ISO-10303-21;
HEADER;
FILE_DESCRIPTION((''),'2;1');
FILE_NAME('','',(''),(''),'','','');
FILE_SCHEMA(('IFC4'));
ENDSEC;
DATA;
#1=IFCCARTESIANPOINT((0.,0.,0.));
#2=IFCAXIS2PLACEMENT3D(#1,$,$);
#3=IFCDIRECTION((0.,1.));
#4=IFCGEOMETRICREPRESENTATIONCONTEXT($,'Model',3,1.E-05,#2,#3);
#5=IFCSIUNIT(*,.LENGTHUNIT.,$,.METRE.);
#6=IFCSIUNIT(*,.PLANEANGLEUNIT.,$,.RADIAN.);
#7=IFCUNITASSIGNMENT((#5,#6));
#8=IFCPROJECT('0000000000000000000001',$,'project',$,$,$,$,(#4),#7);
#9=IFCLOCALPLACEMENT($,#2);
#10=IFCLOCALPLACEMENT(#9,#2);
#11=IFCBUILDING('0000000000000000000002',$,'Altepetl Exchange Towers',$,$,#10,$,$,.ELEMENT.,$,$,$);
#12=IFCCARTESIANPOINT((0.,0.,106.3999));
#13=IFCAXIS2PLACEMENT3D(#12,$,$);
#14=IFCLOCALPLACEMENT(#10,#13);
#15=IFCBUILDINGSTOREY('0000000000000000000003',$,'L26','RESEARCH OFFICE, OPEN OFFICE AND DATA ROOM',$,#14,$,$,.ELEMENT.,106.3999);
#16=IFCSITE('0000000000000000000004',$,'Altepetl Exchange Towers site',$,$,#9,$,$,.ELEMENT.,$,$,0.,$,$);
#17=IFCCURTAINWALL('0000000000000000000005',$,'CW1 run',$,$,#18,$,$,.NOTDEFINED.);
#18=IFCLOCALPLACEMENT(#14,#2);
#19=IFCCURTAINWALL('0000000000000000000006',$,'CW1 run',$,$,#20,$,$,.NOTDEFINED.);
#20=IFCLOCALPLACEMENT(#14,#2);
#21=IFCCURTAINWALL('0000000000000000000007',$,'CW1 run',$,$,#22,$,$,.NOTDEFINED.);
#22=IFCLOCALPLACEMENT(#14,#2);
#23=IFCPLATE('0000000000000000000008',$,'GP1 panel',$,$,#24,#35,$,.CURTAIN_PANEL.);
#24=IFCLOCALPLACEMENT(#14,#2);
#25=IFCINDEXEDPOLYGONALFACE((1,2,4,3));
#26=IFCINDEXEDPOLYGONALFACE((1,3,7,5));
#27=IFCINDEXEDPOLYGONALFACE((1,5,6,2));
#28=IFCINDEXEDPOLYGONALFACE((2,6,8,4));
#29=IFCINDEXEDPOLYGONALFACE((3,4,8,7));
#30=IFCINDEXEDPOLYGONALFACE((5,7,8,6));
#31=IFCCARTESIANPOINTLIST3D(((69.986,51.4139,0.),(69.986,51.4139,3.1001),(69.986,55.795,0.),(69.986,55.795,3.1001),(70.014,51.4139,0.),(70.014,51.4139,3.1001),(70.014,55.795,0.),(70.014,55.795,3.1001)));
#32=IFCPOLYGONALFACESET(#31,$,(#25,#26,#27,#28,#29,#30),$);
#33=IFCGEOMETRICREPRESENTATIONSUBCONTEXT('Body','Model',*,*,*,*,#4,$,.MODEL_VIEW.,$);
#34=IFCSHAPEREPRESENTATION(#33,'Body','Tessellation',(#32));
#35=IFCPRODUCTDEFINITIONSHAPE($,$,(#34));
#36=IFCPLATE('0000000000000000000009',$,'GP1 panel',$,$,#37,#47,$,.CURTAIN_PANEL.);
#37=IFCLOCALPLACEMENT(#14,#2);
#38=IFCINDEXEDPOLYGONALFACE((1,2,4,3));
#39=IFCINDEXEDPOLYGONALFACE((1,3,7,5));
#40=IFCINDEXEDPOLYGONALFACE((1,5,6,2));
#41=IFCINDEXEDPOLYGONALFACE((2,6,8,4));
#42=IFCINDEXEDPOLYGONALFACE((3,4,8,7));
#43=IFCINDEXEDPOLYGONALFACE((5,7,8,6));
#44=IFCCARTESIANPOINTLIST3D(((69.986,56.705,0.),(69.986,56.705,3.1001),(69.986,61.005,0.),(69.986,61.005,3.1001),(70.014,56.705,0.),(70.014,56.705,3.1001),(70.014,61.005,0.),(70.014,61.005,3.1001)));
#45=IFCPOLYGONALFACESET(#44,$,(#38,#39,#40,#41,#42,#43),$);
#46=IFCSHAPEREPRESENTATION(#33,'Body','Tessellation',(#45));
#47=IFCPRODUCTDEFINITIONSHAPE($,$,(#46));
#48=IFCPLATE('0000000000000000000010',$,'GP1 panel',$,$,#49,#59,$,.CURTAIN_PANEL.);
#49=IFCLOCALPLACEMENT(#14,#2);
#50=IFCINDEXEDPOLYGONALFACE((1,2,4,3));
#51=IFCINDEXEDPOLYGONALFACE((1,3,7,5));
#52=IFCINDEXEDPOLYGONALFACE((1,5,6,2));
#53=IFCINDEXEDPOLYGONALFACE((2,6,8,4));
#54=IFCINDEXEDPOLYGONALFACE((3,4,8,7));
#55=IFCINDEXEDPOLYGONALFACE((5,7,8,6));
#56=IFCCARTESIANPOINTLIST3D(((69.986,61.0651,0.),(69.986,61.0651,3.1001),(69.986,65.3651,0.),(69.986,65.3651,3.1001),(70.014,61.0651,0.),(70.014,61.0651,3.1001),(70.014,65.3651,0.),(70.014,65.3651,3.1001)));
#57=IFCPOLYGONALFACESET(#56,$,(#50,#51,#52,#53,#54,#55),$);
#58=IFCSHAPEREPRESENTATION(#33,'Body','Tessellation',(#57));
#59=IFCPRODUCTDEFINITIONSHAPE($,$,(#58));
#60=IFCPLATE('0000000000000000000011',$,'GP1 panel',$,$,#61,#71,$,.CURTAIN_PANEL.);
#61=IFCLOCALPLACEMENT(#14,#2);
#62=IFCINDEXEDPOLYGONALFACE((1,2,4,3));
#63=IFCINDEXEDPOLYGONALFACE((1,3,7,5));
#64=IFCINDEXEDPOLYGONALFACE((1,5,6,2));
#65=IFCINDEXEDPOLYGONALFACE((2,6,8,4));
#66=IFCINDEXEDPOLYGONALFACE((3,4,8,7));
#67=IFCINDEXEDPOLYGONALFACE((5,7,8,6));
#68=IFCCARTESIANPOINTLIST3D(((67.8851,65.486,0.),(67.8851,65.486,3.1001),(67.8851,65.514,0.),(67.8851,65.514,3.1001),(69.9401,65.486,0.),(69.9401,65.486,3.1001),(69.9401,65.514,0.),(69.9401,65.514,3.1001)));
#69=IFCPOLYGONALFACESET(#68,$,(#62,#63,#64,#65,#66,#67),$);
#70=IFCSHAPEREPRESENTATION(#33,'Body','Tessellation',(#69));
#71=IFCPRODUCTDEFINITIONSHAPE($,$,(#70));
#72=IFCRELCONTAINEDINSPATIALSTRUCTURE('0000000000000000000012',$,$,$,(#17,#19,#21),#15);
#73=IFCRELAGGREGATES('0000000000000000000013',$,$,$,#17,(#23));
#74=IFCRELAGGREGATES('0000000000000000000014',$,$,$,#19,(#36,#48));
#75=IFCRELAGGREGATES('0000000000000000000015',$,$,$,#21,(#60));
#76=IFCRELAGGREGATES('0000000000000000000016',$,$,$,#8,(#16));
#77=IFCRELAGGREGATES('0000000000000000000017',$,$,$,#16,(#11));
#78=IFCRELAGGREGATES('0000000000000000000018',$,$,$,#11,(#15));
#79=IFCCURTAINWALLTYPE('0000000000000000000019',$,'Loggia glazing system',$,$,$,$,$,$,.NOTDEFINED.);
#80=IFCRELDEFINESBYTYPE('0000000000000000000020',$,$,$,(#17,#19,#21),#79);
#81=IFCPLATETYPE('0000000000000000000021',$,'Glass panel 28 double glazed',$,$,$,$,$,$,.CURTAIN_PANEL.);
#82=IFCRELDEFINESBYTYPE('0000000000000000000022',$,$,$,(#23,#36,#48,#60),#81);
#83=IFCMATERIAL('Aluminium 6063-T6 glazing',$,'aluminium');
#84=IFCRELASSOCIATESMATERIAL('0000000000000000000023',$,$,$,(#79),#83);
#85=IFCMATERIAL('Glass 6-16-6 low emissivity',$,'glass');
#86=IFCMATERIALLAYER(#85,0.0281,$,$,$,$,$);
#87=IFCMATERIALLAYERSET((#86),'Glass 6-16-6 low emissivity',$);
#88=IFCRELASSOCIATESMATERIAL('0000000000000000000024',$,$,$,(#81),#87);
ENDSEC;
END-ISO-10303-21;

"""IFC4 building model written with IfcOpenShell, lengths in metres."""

from ifc_helpers import new_model, si_unit, direction, frame, origin, origin_2d, place, context, subcontext, project, spatial, rectangle, extrude, material, layer, layer_set, type_object, element, aggregate, save


model = new_model("IFC4")

# Units and contexts
model_context = context("Model", 3, precision=1e-05, world=origin(), true_north=direction((0.0, 1.0)))
body_context = subcontext(model_context, "Body", "Model", "MODEL_VIEW")
ifc_project = project(units=[si_unit("LENGTHUNIT", "METRE"), si_unit("PLANEANGLEUNIT", "RADIAN")], contexts=[model_context])

# Site, building, storey
site_placement = place(None, origin())
site = spatial("IfcSite", under=ifc_project, at=site_placement, Name="Altepetl Exchange Towers site", CompositionType="ELEMENT", RefElevation=0.0)
building_placement = place(site_placement, origin())
building = spatial("IfcBuilding", under=site, at=building_placement, Name="Altepetl Exchange Towers", CompositionType="ELEMENT")
storey_placement = place(building_placement, frame((0.0, 0.0, 106.3999)))
storey = spatial("IfcBuildingStorey", under=building, at=storey_placement, Name="L26", Description="RESEARCH OFFICE, OPEN OFFICE AND DATA ROOM", CompositionType="ELEMENT", Elevation=106.3999)

# Curtain walls
ifc_material_1 = material(Name="Aluminium 6063-T6 glazing", Category="aluminium")
curtain_wall_type = type_object("IfcCurtainWallType", Name="Loggia glazing system", PredefinedType="NOTDEFINED", material=ifc_material_1)
curtain_wall_1_placement = place(storey_placement, origin())
curtain_wall_1 = element("IfcCurtainWall", 1, at=curtain_wall_1_placement, inside=storey, type_object=curtain_wall_type, Name="CW1 run", PredefinedType="NOTDEFINED")
curtain_wall_2_placement = place(storey_placement, origin())
curtain_wall_2 = element("IfcCurtainWall", 2, at=curtain_wall_2_placement, inside=storey, type_object=curtain_wall_type, Name="CW1 run", PredefinedType="NOTDEFINED")
curtain_wall_3_placement = place(storey_placement, origin())
curtain_wall_3 = element("IfcCurtainWall", 3, at=curtain_wall_3_placement, inside=storey, type_object=curtain_wall_type, Name="CW1 run", PredefinedType="NOTDEFINED")

# Plates
ifc_material_2 = material(Name="Glass 6-16-6 low emissivity", Category="glass")
ifc_layer = layer(ifc_material_2, 0.0281)
ifc_layer_set = layer_set([ifc_layer], Name="Glass 6-16-6 low emissivity")
plate_type = type_object("IfcPlateType", Name="Glass panel 28 double glazed", PredefinedType="CURTAIN_PANEL", material=ifc_layer_set)
plate_1_placement = place(storey_placement, frame((70.0, 53.6045, 0.0), z_axis=(0.0, 0.0, 1.0), x_axis=(0.0, 1.0, 0.0)))
plate_1 = element("IfcPlate", 4, at=plate_1_placement, type_object=plate_type, Name="GP1 panel", PredefinedType="CURTAIN_PANEL", context=body_context, shape_type="SweptSolid", body=[
    extrude(rectangle(XDim=4.3811, YDim=0.0281, at=origin_2d()), origin(), (0.0, 0.0, 1.0), 3.1001),
])
aggregate(curtain_wall_1, [plate_1])
plate_2_placement = place(storey_placement, frame((70.0, 58.855, 0.0), z_axis=(0.0, 0.0, 1.0), x_axis=(0.0, 1.0, 0.0)))
plate_2 = element("IfcPlate", 5, at=plate_2_placement, type_object=plate_type, Name="GP1 panel", PredefinedType="CURTAIN_PANEL", context=body_context, shape_type="SweptSolid", body=[
    extrude(rectangle(XDim=4.3, YDim=0.0281, at=origin_2d()), origin(), (0.0, 0.0, 1.0), 3.1001),
])
plate_3_placement = place(storey_placement, frame((70.0, 63.2151, 0.0), z_axis=(0.0, 0.0, 1.0), x_axis=(0.0, 1.0, 0.0)))
plate_3 = element("IfcPlate", 6, at=plate_3_placement, type_object=plate_type, Name="GP1 panel", PredefinedType="CURTAIN_PANEL", context=body_context, shape_type="SweptSolid", body=[
    extrude(rectangle(XDim=4.3, YDim=0.0281, at=origin_2d()), origin(), (0.0, 0.0, 1.0), 3.1001),
])
aggregate(curtain_wall_2, [plate_2, plate_3])
plate_4_placement = place(storey_placement, frame((68.9126, 65.5, 0.0), z_axis=(0.0, 0.0, 1.0), x_axis=(-1.0, 0.0, 0.0)))
plate_4 = element("IfcPlate", 7, at=plate_4_placement, type_object=plate_type, Name="GP1 panel", PredefinedType="CURTAIN_PANEL", context=body_context, shape_type="SweptSolid", body=[
    extrude(rectangle(XDim=2.0549, YDim=0.0281, at=origin_2d()), origin(), (0.0, 0.0, 1.0), 3.1001),
])
aggregate(curtain_wall_3, [plate_4])

save(model, "model.ifc")
